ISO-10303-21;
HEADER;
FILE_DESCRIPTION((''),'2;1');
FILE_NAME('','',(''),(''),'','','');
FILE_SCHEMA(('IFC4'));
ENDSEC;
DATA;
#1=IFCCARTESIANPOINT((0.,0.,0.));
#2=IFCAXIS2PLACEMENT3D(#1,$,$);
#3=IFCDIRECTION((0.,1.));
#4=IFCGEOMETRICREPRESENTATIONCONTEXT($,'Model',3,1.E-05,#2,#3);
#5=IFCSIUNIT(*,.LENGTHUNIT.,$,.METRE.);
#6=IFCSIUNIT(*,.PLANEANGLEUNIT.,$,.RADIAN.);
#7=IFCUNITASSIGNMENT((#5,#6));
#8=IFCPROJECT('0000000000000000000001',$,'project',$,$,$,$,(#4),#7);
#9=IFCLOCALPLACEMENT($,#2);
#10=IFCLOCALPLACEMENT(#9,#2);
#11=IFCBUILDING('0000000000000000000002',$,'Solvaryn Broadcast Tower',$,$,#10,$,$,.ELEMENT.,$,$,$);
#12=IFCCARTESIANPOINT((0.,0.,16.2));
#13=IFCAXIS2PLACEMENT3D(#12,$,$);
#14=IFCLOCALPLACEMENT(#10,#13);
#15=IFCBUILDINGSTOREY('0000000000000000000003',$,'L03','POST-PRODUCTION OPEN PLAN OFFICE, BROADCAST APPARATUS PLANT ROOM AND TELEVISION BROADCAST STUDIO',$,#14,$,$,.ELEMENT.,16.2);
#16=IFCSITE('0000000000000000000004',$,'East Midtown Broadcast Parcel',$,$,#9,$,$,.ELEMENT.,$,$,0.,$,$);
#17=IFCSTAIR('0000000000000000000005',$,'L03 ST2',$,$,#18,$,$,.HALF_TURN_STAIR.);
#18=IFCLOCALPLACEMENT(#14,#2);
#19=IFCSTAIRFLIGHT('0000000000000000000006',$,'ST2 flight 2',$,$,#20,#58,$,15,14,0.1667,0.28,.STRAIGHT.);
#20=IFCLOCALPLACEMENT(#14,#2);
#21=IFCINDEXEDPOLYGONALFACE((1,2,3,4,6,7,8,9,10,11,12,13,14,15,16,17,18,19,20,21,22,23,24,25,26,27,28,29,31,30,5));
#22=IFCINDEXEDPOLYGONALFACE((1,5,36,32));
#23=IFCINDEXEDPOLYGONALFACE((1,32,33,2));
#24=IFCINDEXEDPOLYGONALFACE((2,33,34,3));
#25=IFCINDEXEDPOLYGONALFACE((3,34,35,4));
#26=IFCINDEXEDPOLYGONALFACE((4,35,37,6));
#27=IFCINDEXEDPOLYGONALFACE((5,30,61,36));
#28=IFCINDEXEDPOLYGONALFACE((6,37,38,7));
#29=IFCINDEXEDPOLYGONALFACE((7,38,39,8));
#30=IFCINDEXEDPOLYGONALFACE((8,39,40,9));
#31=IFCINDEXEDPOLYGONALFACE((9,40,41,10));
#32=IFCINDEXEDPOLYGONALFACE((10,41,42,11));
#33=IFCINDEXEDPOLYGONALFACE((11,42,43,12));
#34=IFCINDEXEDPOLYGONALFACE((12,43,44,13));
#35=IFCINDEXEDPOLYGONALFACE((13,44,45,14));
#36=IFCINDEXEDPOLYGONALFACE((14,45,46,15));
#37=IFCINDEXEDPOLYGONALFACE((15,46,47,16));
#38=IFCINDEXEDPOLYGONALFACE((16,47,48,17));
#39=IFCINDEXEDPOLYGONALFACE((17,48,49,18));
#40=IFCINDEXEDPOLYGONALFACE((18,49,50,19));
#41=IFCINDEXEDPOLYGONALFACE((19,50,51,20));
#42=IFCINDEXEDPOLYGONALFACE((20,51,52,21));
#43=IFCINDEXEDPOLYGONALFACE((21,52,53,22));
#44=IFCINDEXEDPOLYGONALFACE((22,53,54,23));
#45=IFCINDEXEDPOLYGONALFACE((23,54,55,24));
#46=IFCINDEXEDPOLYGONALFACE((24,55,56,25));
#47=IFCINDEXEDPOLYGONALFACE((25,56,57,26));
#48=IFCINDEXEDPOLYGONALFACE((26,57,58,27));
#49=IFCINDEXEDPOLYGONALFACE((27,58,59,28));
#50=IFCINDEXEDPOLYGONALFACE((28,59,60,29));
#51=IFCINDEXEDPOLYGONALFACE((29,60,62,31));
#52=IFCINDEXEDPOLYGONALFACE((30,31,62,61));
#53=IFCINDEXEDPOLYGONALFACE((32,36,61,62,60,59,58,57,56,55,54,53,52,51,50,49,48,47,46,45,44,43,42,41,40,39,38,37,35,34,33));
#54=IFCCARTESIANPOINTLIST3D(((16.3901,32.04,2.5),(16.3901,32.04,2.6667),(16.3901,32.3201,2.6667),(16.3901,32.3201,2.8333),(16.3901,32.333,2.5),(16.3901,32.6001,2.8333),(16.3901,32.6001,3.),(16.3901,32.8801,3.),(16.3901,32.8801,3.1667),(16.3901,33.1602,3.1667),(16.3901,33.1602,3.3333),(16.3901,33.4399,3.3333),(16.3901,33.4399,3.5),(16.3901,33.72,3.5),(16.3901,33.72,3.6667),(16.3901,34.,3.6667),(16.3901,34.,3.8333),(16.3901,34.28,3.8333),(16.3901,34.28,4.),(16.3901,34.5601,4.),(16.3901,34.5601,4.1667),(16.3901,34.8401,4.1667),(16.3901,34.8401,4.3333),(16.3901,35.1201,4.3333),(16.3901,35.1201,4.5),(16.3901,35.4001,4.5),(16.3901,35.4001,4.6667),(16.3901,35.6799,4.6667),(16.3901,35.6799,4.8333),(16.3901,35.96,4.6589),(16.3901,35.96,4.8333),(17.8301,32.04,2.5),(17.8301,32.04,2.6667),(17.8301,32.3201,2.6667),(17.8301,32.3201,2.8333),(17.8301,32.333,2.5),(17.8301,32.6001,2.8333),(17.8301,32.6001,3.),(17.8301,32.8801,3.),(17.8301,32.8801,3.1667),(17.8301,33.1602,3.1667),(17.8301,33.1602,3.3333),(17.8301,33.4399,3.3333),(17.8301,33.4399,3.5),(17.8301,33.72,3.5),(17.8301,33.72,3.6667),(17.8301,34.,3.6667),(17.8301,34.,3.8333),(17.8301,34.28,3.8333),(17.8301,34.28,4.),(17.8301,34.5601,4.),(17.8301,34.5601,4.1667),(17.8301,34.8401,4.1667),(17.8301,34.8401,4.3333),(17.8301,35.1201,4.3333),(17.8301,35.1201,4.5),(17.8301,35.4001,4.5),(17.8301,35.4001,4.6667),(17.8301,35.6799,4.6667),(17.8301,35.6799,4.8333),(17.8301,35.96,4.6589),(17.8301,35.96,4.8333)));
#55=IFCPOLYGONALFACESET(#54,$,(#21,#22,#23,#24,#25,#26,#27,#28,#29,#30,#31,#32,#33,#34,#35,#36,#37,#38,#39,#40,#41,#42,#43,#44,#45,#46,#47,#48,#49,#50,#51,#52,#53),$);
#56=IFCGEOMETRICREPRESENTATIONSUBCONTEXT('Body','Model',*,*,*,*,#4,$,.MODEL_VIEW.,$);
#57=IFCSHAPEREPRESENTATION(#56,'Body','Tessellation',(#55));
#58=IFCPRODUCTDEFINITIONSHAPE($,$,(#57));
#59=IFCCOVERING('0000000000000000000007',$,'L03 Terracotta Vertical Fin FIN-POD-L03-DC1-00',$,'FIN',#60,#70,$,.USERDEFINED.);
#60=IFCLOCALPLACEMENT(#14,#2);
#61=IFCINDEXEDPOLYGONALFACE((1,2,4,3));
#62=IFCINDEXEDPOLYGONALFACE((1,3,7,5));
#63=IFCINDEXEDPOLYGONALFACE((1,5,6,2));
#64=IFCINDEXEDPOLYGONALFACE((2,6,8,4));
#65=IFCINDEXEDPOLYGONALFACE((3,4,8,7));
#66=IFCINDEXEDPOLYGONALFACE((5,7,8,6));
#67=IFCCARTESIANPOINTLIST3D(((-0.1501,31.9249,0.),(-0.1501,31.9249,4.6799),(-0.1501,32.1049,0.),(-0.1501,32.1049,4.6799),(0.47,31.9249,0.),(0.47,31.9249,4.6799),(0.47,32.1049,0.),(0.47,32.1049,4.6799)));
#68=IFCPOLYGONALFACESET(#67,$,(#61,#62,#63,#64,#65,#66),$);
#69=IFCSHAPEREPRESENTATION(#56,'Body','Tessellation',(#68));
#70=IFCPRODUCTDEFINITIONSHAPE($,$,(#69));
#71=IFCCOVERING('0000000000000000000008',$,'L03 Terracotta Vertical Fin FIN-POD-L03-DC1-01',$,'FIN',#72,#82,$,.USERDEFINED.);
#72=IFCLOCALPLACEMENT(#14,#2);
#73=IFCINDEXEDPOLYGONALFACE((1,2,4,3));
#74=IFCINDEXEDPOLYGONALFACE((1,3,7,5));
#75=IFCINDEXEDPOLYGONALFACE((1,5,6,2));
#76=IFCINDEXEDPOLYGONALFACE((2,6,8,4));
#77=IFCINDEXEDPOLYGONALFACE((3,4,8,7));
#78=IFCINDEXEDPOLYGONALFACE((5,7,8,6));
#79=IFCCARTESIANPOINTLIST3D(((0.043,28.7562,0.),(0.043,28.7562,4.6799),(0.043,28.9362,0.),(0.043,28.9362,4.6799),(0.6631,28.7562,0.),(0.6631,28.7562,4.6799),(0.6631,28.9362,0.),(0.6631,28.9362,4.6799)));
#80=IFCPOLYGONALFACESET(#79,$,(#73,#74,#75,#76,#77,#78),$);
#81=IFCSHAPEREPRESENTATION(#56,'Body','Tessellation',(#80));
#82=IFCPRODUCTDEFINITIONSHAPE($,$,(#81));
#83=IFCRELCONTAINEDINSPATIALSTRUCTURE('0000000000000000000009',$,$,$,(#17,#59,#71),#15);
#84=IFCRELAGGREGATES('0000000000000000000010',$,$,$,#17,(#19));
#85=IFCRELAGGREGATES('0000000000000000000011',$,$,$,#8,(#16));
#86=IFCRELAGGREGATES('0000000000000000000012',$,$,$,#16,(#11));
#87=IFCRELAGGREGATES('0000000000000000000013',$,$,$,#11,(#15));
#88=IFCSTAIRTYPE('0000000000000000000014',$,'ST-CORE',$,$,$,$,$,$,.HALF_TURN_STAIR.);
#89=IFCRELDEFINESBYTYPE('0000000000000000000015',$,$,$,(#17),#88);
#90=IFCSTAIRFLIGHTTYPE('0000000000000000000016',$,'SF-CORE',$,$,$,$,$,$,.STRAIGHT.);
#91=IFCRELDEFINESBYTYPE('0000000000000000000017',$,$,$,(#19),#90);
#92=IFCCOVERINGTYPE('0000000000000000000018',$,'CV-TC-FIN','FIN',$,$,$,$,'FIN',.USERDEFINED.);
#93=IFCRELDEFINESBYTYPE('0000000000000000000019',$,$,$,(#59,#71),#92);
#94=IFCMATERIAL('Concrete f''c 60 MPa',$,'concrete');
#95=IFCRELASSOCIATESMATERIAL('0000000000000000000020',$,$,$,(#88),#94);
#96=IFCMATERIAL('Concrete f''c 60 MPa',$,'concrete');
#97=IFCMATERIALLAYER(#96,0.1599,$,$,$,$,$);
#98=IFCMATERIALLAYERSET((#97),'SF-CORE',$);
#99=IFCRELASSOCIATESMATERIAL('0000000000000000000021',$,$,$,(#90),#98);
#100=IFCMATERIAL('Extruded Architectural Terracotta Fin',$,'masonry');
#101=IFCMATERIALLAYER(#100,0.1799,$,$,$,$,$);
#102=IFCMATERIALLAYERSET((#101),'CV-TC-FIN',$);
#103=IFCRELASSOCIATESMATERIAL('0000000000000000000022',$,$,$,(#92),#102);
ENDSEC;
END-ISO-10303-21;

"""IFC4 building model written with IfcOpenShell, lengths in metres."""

from ifc_helpers import new_model, si_unit, direction, frame, origin, origin_2d, place, context, subcontext, project, spatial, polyline, rectangle, outline, extrude, material, layer, layer_set, type_object, element, aggregate, save


model = new_model("IFC4")

# Units and contexts
model_context = context("Model", 3, precision=1e-05, world=origin(), true_north=direction((0.0, 1.0)))
body_context = subcontext(model_context, "Body", "Model", "MODEL_VIEW")
ifc_project = project(units=[si_unit("LENGTHUNIT", "METRE"), si_unit("PLANEANGLEUNIT", "RADIAN")], contexts=[model_context])

# Site, building, storey
site_placement = place(None, origin())
site = spatial("IfcSite", under=ifc_project, at=site_placement, Name="East Midtown Broadcast Parcel", CompositionType="ELEMENT", RefElevation=0.0)
building_placement = place(site_placement, origin())
building = spatial("IfcBuilding", under=site, at=building_placement, Name="Solvaryn Broadcast Tower", CompositionType="ELEMENT")
storey_placement = place(building_placement, frame((0.0, 0.0, 16.2)))
storey = spatial("IfcBuildingStorey", under=building, at=storey_placement, Name="L03", Description="POST-PRODUCTION OPEN PLAN OFFICE, BROADCAST APPARATUS PLANT ROOM AND TELEVISION BROADCAST STUDIO", CompositionType="ELEMENT", Elevation=16.2)

# Shared definitions
ifc_material_1 = material(Name="Concrete f'c 60 MPa", Category="concrete")
stair_type = type_object("IfcStairType", Name="ST-CORE", PredefinedType="HALF_TURN_STAIR", material=ifc_material_1)
ifc_material_2 = material(Name="Concrete f'c 60 MPa", Category="concrete")
ifc_layer_1 = layer(ifc_material_2, 0.1599)
ifc_layer_set_1 = layer_set([ifc_layer_1], Name="SF-CORE")
stair_flight_type = type_object("IfcStairFlightType", Name="SF-CORE", PredefinedType="STRAIGHT", material=ifc_layer_set_1)

# Stair, stair flight
stair_1_placement = place(storey_placement, origin())
stair_1 = element("IfcStair", 1, at=stair_1_placement, inside=storey, type_object=stair_type, Name="L03 ST2", PredefinedType="HALF_TURN_STAIR")
stair_flight_1_placement = place(storey_placement, frame((17.1101, 32.04, 2.5), z_axis=(0.0, 0.0, 1.0), x_axis=(0.0, 1.0, 0.0)))
stair_flight_1 = element("IfcStairFlight", 2, at=stair_flight_1_placement, type_object=stair_flight_type, Name="ST2 flight 2", NumberOfRisers=15, NumberOfTreads=14, PredefinedType="STRAIGHT", RiserHeight=0.1667, TreadLength=0.28, context=body_context, shape_type="SweptSolid", body=[
    extrude(outline(polyline([(0.0, 0.0), (0.0, 0.1667), (0.28, 0.1667), (0.28, 0.3333), (0.5601, 0.3333), (0.5601, 0.5), (0.8401, 0.5), (0.8401, 0.6667), (1.1201, 0.6667), (1.1201, 0.8333), (1.3999, 0.8333), (1.3999, 1.0), (1.6799, 1.0), (1.6799, 1.1667), (1.96, 1.1667), (1.96, 1.3333), (2.24, 1.3333), (2.24, 1.5), (2.52, 1.5), (2.52, 1.6667), (2.8, 1.6667), (2.8, 1.8333), (3.0801, 1.8333), (3.0801, 2.0), (3.3601, 2.0), (3.3601, 2.1667), (3.6399, 2.1667), (3.6399, 2.3333), (3.9199, 2.3333), (3.9199, 2.5), (3.9199, 2.1589), (0.293, 0.0), (0.0, 0.0)])), frame((0.0, 0.72, 0.0), z_axis=(0.0, -1.0, 0.0), x_axis=(1.0, 0.0, 0.0)), (0.0, 0.0, 1.0), 1.4399),
])
aggregate(stair_1, [stair_flight_1])

# Coverings
ifc_material_3 = material(Name="Extruded Architectural Terracotta Fin", Category="masonry")
ifc_layer_2 = layer(ifc_material_3, 0.1799)
ifc_layer_set_2 = layer_set([ifc_layer_2], Name="CV-TC-FIN")
covering_type = type_object("IfcCoveringType", Name="CV-TC-FIN", Description="FIN", ElementType="FIN", PredefinedType="USERDEFINED", material=ifc_layer_set_2)
for number, where, z_axis, x_axis, name in (
    (3, (0.1599, 32.0149, 0.0), (0.0, 0.0, 1.0), (1.0, 0.0, 0.0), "L03 Terracotta Vertical Fin FIN-POD-L03-DC1-00"),
    (4, (0.353, 28.8462, 0.0), (0.0, 0.0, 1.0), (1.0, 0.0, 0.0), "L03 Terracotta Vertical Fin FIN-POD-L03-DC1-01"),
):
    element("IfcCovering", number, at=place(storey_placement, frame(where, z_axis=z_axis, x_axis=x_axis)), inside=storey, type_object=covering_type, Name=name, ObjectType="FIN", PredefinedType="USERDEFINED", context=body_context, shape_type="SweptSolid", body=[
        extrude(rectangle(XDim=0.6201, YDim=0.1799, at=origin_2d()), origin(), (0.0, 0.0, 1.0), 4.6799),
    ])

save(model, "model.ifc")
